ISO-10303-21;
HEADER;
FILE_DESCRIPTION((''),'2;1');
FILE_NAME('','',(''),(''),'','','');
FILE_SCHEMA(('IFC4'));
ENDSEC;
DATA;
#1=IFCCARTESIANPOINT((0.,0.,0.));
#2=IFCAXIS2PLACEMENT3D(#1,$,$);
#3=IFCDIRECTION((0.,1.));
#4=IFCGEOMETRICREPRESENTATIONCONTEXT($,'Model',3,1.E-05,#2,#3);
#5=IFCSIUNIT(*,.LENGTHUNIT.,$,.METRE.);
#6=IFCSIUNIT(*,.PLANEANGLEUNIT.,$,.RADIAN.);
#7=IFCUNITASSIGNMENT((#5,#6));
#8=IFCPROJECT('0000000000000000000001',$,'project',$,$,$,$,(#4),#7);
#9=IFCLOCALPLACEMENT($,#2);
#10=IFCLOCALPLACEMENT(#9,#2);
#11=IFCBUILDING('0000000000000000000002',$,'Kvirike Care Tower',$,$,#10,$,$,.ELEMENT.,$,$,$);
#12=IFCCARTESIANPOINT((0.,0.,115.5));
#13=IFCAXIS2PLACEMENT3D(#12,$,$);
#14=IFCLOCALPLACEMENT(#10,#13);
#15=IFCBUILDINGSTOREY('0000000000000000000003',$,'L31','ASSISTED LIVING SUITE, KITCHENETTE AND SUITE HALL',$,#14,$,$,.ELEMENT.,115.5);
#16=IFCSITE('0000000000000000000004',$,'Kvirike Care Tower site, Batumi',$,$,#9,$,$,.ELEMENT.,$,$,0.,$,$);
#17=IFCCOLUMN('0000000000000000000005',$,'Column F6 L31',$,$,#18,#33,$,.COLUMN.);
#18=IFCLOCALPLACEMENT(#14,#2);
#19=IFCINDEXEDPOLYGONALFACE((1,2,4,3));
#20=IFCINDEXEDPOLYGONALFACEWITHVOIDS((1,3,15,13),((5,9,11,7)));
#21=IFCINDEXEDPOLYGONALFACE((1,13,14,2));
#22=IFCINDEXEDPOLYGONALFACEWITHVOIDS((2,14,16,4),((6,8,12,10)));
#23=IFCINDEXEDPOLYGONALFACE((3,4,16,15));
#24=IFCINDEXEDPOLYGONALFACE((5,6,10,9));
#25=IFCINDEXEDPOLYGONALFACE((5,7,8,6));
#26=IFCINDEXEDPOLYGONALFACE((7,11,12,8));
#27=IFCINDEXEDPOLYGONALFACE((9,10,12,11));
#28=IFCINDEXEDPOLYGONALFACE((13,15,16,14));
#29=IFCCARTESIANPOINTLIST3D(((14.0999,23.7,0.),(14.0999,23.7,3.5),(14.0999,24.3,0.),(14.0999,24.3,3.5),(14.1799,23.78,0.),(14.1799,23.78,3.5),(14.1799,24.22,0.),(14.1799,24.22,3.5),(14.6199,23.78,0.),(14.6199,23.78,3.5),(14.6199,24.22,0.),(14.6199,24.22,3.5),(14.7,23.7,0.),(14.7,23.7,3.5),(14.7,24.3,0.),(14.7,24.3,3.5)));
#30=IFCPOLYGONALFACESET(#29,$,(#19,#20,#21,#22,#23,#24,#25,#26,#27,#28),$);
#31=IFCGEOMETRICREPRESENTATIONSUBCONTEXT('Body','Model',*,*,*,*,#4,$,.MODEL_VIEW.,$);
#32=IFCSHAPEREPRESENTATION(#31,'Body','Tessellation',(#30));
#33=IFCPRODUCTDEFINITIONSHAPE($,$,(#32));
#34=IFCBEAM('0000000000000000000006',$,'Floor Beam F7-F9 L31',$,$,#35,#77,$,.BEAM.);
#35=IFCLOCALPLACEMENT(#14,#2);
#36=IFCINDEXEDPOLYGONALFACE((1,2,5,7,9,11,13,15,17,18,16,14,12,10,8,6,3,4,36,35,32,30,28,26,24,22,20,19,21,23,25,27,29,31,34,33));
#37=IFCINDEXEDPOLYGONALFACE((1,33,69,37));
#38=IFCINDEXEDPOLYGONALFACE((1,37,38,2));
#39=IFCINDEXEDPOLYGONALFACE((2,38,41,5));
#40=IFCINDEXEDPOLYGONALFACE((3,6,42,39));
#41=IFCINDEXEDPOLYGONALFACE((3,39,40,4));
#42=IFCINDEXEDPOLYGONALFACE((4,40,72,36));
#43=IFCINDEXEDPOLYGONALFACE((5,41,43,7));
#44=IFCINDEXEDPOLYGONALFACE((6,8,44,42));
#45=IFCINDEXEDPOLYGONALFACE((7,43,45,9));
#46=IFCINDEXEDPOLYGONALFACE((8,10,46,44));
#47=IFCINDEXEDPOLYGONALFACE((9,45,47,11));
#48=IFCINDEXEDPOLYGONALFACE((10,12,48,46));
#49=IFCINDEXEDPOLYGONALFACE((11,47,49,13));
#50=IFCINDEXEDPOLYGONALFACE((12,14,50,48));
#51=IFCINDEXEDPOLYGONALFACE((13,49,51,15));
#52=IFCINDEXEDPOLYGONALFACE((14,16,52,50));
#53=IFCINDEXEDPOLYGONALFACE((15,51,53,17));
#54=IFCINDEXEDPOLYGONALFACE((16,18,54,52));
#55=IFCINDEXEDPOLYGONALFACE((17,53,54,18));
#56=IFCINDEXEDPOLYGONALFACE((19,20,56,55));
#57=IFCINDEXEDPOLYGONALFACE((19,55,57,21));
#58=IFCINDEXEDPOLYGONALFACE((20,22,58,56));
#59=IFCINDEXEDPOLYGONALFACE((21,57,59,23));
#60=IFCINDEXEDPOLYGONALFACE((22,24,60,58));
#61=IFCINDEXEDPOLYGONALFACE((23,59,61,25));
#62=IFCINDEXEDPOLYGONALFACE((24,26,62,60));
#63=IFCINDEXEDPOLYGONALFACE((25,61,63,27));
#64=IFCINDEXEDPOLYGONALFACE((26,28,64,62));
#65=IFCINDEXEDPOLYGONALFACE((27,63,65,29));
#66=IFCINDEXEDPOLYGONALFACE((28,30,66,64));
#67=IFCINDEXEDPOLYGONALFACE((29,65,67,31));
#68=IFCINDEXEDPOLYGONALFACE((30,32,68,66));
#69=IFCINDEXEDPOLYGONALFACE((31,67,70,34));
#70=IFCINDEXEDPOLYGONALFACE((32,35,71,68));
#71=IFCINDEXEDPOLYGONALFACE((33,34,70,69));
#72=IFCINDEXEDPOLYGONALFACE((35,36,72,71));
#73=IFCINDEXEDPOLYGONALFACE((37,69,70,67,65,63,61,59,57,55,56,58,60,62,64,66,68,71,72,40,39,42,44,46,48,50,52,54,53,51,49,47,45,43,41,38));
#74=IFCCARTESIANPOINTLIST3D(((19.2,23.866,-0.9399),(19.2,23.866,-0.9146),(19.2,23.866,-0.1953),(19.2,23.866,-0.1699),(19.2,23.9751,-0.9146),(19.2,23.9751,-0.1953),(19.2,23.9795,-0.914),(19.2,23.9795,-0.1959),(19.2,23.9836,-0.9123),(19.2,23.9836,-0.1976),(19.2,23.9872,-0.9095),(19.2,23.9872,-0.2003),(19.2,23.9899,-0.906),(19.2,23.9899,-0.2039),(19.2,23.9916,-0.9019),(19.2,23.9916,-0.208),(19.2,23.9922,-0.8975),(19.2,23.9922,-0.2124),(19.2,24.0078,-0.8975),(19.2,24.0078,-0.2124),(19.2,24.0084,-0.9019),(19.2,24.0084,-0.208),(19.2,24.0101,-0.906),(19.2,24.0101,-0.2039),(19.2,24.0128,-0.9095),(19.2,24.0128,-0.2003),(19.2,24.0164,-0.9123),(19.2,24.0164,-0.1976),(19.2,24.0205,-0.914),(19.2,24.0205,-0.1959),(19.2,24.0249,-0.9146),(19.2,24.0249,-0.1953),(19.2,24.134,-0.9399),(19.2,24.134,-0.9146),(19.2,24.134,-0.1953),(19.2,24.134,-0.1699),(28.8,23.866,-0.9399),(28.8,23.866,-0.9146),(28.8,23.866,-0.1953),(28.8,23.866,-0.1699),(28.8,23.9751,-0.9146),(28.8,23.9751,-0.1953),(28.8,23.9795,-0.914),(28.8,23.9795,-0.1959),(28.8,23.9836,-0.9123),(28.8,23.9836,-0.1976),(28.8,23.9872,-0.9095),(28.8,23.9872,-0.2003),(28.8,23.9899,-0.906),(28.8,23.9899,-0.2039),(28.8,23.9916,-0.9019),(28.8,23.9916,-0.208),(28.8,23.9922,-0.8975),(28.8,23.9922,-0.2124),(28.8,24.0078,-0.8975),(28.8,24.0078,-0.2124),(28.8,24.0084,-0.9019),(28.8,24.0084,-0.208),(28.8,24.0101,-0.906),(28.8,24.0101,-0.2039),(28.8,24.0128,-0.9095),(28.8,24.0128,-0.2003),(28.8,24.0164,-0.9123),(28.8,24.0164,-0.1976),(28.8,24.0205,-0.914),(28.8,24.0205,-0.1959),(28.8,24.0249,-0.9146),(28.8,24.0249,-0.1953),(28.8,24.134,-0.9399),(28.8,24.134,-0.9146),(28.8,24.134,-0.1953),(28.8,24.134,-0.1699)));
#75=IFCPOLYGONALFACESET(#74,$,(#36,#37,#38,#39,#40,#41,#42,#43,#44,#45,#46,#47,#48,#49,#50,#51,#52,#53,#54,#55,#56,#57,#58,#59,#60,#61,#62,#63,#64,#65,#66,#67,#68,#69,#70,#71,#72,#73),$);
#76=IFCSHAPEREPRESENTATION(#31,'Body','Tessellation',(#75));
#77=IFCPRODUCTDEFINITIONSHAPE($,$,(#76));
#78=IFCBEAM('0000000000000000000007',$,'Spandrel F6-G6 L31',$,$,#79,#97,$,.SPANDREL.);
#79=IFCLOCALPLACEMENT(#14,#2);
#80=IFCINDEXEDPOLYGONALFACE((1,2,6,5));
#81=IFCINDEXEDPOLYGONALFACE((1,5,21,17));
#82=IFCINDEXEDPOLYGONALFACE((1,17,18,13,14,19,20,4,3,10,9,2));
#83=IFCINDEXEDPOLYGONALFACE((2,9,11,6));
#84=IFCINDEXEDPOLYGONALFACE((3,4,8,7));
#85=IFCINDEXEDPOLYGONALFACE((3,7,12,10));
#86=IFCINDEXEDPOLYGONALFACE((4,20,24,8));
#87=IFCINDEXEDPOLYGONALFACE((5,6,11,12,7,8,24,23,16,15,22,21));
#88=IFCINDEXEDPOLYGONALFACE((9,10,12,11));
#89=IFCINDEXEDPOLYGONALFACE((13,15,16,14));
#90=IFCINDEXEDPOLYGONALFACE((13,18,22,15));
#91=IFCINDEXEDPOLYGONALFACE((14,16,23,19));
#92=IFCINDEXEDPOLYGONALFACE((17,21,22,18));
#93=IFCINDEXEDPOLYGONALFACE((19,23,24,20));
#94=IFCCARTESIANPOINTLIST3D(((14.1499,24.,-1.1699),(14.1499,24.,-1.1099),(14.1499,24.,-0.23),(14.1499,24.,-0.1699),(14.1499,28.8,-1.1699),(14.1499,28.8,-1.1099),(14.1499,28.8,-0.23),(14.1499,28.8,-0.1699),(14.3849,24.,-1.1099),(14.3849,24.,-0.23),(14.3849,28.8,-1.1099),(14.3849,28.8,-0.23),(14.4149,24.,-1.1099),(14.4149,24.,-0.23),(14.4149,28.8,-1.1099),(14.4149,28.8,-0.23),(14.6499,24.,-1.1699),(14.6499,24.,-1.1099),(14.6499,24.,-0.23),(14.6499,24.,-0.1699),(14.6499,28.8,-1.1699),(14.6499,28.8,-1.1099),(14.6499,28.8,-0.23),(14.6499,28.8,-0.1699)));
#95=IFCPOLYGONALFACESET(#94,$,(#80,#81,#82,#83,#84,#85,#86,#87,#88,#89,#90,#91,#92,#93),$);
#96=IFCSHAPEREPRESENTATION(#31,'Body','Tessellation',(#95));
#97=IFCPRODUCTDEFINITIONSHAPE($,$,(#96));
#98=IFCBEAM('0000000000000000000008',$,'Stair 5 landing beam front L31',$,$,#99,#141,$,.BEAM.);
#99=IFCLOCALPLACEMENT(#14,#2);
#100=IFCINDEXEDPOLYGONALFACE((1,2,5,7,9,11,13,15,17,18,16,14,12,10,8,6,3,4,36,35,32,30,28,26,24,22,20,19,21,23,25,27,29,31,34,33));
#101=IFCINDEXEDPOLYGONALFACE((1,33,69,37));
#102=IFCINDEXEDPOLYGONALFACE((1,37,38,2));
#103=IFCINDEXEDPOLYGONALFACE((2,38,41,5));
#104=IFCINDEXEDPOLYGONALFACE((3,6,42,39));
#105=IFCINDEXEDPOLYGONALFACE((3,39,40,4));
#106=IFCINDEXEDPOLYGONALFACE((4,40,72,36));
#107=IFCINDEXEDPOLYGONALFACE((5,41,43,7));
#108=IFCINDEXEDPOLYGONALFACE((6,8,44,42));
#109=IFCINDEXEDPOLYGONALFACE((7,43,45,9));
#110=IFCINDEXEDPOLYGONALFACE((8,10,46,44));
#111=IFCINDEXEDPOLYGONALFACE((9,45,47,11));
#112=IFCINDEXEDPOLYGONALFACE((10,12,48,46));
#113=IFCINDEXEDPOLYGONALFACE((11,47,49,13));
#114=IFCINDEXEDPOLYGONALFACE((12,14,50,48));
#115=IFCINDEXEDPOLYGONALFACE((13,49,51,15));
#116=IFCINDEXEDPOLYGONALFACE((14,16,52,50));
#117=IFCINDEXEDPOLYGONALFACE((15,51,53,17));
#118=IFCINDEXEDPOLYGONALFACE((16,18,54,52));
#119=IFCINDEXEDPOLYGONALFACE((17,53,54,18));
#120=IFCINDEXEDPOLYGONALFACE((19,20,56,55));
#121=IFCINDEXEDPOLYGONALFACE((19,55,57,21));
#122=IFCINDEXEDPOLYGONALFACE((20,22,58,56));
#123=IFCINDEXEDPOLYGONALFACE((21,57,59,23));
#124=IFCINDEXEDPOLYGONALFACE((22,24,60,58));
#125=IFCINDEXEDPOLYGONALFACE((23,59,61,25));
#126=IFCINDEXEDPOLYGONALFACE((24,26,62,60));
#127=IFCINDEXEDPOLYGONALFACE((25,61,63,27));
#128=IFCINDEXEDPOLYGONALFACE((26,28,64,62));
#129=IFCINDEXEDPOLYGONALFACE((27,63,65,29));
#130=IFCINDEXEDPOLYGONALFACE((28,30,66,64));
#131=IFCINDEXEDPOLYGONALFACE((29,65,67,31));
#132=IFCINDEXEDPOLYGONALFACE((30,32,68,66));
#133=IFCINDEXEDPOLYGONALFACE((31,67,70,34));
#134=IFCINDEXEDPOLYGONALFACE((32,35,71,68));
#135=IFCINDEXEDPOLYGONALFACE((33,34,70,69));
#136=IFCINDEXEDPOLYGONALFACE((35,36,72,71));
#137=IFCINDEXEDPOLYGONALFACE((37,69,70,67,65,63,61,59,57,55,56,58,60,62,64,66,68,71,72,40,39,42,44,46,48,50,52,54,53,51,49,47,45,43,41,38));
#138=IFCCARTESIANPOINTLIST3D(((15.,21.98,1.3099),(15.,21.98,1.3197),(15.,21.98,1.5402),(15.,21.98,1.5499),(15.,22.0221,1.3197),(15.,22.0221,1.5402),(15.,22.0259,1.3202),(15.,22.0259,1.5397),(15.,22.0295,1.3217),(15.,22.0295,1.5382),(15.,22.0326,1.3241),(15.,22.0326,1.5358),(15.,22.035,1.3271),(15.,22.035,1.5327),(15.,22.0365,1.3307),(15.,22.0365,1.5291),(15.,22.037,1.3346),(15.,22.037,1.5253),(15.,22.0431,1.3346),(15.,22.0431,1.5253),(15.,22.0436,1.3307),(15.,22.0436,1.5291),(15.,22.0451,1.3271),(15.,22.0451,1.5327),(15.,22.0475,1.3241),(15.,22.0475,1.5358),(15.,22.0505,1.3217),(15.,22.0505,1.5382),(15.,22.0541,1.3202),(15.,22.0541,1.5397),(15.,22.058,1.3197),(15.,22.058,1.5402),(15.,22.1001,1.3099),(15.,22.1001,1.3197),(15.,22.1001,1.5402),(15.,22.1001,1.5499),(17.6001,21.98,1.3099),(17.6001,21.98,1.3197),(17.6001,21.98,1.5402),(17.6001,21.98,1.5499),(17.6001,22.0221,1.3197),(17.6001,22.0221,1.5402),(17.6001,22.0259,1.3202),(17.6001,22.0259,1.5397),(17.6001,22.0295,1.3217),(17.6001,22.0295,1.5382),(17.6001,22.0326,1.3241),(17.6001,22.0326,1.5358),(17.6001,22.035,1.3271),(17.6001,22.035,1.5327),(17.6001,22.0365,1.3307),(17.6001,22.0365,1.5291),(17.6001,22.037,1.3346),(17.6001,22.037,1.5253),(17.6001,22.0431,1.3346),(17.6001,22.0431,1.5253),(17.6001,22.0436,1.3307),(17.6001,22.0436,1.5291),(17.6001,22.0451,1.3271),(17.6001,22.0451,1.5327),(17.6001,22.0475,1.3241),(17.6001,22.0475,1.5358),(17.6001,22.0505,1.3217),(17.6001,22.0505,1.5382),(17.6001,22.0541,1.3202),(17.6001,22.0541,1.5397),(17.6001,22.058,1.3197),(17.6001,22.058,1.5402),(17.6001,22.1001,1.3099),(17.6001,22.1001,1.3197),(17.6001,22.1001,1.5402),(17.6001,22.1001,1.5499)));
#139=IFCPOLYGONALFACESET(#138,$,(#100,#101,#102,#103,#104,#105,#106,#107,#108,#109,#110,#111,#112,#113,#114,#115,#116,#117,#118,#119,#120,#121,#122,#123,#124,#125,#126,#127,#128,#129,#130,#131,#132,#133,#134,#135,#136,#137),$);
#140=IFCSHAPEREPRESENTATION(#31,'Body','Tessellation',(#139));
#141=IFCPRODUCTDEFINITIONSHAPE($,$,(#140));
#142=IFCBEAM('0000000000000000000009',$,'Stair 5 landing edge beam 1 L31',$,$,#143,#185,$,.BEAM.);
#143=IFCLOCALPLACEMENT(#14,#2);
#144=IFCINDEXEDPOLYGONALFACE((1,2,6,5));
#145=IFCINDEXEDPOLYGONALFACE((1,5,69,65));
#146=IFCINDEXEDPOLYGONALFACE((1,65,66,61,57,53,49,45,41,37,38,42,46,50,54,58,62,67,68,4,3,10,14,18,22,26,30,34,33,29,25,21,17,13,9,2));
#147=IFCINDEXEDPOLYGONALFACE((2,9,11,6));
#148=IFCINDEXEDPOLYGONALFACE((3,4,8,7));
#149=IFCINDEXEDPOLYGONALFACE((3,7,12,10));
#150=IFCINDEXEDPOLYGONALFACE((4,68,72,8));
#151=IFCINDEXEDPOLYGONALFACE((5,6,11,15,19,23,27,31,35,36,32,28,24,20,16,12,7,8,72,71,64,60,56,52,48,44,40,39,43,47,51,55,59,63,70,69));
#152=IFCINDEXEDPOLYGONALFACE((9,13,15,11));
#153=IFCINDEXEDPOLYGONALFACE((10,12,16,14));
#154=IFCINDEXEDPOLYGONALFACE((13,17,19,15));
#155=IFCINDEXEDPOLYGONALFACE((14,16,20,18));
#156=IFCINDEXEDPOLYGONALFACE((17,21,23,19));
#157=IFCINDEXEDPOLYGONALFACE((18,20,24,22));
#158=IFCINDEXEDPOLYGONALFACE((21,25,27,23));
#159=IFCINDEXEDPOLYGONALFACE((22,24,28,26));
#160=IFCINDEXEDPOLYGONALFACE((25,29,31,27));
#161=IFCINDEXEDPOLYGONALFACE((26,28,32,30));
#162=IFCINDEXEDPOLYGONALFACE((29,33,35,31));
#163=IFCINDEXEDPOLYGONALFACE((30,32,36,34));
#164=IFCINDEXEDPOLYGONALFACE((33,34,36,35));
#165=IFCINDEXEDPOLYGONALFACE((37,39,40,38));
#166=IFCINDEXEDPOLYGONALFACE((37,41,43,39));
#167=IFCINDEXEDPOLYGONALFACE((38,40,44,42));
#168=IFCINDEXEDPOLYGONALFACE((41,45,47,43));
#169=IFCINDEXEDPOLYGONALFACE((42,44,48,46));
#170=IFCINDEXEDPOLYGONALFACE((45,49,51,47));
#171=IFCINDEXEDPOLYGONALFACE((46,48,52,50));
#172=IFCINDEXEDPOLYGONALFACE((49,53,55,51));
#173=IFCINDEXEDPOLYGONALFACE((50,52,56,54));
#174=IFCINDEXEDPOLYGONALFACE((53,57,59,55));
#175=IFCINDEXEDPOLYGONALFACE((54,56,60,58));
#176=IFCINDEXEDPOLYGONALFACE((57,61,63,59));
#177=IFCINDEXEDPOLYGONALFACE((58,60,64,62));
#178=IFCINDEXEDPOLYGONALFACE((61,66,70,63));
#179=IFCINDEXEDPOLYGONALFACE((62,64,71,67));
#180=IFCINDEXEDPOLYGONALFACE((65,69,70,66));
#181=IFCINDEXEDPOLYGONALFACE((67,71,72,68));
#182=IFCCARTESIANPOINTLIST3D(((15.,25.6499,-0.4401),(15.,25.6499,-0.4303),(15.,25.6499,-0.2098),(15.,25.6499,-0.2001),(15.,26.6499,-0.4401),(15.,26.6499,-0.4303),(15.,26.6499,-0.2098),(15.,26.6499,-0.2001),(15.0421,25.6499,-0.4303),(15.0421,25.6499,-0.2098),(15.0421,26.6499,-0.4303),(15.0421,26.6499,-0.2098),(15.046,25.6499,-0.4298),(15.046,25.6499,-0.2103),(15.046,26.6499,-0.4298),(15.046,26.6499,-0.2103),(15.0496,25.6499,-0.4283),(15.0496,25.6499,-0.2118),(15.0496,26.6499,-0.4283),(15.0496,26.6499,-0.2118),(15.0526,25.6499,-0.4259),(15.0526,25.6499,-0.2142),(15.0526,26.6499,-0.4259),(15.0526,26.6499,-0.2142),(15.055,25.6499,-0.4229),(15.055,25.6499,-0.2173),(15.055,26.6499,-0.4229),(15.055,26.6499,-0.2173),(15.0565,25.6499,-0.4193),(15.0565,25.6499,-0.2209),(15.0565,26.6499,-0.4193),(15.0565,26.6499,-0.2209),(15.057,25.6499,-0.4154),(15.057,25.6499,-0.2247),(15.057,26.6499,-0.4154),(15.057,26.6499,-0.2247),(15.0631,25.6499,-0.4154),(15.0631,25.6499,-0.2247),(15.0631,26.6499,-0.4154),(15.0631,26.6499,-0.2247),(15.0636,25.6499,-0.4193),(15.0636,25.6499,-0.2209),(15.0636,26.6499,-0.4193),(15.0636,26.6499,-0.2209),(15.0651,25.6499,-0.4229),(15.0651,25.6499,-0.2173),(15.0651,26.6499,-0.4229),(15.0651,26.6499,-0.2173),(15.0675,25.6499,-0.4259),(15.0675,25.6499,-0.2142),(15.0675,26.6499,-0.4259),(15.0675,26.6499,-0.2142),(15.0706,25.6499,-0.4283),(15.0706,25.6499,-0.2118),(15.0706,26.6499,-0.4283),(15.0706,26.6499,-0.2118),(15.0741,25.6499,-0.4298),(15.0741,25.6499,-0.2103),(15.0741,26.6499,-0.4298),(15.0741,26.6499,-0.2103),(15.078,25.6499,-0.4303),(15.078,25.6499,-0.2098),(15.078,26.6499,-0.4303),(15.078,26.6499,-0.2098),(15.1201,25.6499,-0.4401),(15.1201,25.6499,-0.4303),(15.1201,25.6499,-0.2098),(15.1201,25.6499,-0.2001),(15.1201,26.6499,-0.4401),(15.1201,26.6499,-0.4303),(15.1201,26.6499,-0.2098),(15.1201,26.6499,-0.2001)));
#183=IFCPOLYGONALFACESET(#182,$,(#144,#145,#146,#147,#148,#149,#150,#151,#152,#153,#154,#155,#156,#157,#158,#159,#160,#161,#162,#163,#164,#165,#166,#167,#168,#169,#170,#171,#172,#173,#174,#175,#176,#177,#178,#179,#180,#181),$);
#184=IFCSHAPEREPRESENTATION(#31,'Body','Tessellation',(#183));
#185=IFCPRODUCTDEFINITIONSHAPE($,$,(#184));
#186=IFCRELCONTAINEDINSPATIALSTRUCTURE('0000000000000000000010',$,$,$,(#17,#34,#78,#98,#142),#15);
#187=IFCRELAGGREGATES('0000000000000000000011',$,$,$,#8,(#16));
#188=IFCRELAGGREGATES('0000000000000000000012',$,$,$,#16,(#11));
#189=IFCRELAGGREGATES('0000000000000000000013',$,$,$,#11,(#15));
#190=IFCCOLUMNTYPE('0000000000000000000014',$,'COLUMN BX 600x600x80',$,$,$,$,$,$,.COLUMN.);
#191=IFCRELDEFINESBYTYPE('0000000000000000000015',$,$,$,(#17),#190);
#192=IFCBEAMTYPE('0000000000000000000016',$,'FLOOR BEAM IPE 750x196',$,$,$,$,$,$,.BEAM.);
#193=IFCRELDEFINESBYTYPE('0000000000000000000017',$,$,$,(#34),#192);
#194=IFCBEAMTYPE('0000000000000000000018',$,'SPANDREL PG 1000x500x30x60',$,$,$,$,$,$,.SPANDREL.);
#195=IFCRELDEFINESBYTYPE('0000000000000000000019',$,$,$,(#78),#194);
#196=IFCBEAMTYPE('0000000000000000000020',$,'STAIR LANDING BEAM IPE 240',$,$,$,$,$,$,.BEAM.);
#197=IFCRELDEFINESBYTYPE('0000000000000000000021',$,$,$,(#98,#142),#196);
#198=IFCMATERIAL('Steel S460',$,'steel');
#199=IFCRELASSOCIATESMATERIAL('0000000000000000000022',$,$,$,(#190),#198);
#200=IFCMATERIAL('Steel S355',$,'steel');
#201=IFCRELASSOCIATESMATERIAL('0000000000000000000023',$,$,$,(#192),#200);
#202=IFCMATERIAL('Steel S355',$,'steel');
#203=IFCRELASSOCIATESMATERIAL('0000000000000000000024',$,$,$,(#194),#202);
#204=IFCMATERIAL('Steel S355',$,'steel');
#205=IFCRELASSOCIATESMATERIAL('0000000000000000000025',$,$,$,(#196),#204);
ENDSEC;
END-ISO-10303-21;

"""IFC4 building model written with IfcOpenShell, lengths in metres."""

from ifc_helpers import new_model, si_unit, direction, frame, origin, origin_2d, place, context, subcontext, project, spatial, hollow_rectangle, i_section, extrude, material, material_profile, profile_set, type_object, element, save


model = new_model("IFC4")

# Units and contexts
model_context = context("Model", 3, precision=1e-05, world=origin(), true_north=direction((0.0, 1.0)))
body_context = subcontext(model_context, "Body", "Model", "MODEL_VIEW")
ifc_project = project(units=[si_unit("LENGTHUNIT", "METRE"), si_unit("PLANEANGLEUNIT", "RADIAN")], contexts=[model_context])

# Site, building, storey
site_placement = place(None, origin())
site = spatial("IfcSite", under=ifc_project, at=site_placement, Name="Kvirike Care Tower site, Batumi", CompositionType="ELEMENT", RefElevation=0.0)
building_placement = place(site_placement, origin())
building = spatial("IfcBuilding", under=site, at=building_placement, Name="Kvirike Care Tower", CompositionType="ELEMENT")
storey_placement = place(building_placement, frame((0.0, 0.0, 115.5)))
storey = spatial("IfcBuildingStorey", under=building, at=storey_placement, Name="L31", Description="ASSISTED LIVING SUITE, KITCHENETTE AND SUITE HALL", CompositionType="ELEMENT", Elevation=115.5)

# Column
ifc_material_1 = material(Name="Steel S460", Category="steel")
ifc_material_profile_1 = material_profile(ifc_material_1, hollow_rectangle(XDim=0.6001, YDim=0.6001, WallThickness=0.0801, at=origin_2d()), Name="BX 600x600x80")
ifc_profile_set_1 = profile_set([ifc_material_profile_1], Name="Steel S460")
column_type = type_object("IfcColumnType", Name="COLUMN BX 600x600x80", PredefinedType="COLUMN", material=ifc_profile_set_1)
column_placement = place(storey_placement, frame((14.3999, 24.0, 0.0), z_axis=(0.0, 0.0, 1.0), x_axis=(1.0, 0.0, 0.0)))
element("IfcColumn", 1, at=column_placement, inside=storey, type_object=column_type, Name="Column F6 L31", PredefinedType="COLUMN", context=body_context, shape_type="SweptSolid", body=[
    extrude(hollow_rectangle(XDim=0.6001, YDim=0.6001, WallThickness=0.0801, at=origin_2d()), origin(), (0.0, 0.0, 1.0), 3.5),
])

# Beams
ifc_material_2 = material(Name="Steel S355", Category="steel")
ifc_material_profile_2 = material_profile(ifc_material_2, i_section(OverallWidth=0.2681, OverallDepth=0.77, WebThickness=0.0156, FlangeThickness=0.0254, FilletRadius=0.0171, at=origin_2d()), Name="IPE 750x196")
ifc_profile_set_2 = profile_set([ifc_material_profile_2], Name="Steel S355")
beam_type_1 = type_object("IfcBeamType", Name="FLOOR BEAM IPE 750x196", PredefinedType="BEAM", material=ifc_profile_set_2)
beam_1_placement = place(storey_placement, frame((19.2, 24.0, -0.5549), z_axis=(1.0, 0.0, 0.0), x_axis=(0.0, 1.0, 0.0)))
element("IfcBeam", 2, at=beam_1_placement, inside=storey, type_object=beam_type_1, Name="Floor Beam F7-F9 L31", PredefinedType="BEAM", context=body_context, shape_type="SweptSolid", body=[
    extrude(i_section(OverallWidth=0.2681, OverallDepth=0.77, WebThickness=0.0156, FlangeThickness=0.0254, FilletRadius=0.0171, at=origin_2d()), origin(), (0.0, 0.0, 1.0), 9.6001),
])
ifc_material_3 = material(Name="Steel S355", Category="steel")
ifc_material_profile_3 = material_profile(ifc_material_3, i_section(OverallWidth=0.5, OverallDepth=1.0, WebThickness=0.03, FlangeThickness=0.0601, at=origin_2d()), Name="PG 1000x500x30x60")
ifc_profile_set_3 = profile_set([ifc_material_profile_3], Name="Steel S355")
beam_type_2 = type_object("IfcBeamType", Name="SPANDREL PG 1000x500x30x60", PredefinedType="SPANDREL", material=ifc_profile_set_3)
beam_2_placement = place(storey_placement, frame((14.3999, 24.0, -0.6699), z_axis=(0.0, 1.0, 0.0), x_axis=(-1.0, 0.0, 0.0)))
element("IfcBeam", 3, at=beam_2_placement, inside=storey, type_object=beam_type_2, Name="Spandrel F6-G6 L31", PredefinedType="SPANDREL", context=body_context, shape_type="SweptSolid", body=[
    extrude(i_section(OverallWidth=0.5, OverallDepth=1.0, WebThickness=0.03, FlangeThickness=0.0601, at=origin_2d()), origin(), (0.0, 0.0, 1.0), 4.8),
])
ifc_material_4 = material(Name="Steel S355", Category="steel")
ifc_material_profile_4 = material_profile(ifc_material_4, i_section(OverallWidth=0.1201, OverallDepth=0.24, WebThickness=0.0061, FlangeThickness=0.0098, FilletRadius=0.0149, at=origin_2d()), Name="IPE 240")
ifc_profile_set_4 = profile_set([ifc_material_profile_4], Name="Steel S355")
beam_type_3 = type_object("IfcBeamType", Name="STAIR LANDING BEAM IPE 240", PredefinedType="BEAM", material=ifc_profile_set_4)
beam_3_placement = place(storey_placement, frame((15.0, 22.04, 1.4299), z_axis=(1.0, 0.0, 0.0), x_axis=(0.0, 1.0, 0.0)))
element("IfcBeam", 4, at=beam_3_placement, inside=storey, type_object=beam_type_3, Name="Stair 5 landing beam front L31", PredefinedType="BEAM", context=body_context, shape_type="SweptSolid", body=[
    extrude(i_section(OverallWidth=0.1201, OverallDepth=0.24, WebThickness=0.0061, FlangeThickness=0.0098, FilletRadius=0.0149, at=origin_2d()), origin(), (0.0, 0.0, 1.0), 2.6001),
])
for number, where, z_axis, x_axis, name in (
    (5, (15.0601, 25.6499, -0.3201), (0.0, 1.0, 0.0), (-1.0, 0.0, 0.0), "Stair 5 landing edge beam 1 L31"),
):
    element("IfcBeam", number, at=place(storey_placement, frame(where, z_axis=z_axis, x_axis=x_axis)), inside=storey, type_object=beam_type_3, Name=name, PredefinedType="BEAM", context=body_context, shape_type="SweptSolid", body=[
        extrude(i_section(OverallWidth=0.1201, OverallDepth=0.24, WebThickness=0.0061, FlangeThickness=0.0098, FilletRadius=0.0149, at=origin_2d()), origin(), (0.0, 0.0, 1.0), 1.0),
    ])

save(model, "model.ifc")
